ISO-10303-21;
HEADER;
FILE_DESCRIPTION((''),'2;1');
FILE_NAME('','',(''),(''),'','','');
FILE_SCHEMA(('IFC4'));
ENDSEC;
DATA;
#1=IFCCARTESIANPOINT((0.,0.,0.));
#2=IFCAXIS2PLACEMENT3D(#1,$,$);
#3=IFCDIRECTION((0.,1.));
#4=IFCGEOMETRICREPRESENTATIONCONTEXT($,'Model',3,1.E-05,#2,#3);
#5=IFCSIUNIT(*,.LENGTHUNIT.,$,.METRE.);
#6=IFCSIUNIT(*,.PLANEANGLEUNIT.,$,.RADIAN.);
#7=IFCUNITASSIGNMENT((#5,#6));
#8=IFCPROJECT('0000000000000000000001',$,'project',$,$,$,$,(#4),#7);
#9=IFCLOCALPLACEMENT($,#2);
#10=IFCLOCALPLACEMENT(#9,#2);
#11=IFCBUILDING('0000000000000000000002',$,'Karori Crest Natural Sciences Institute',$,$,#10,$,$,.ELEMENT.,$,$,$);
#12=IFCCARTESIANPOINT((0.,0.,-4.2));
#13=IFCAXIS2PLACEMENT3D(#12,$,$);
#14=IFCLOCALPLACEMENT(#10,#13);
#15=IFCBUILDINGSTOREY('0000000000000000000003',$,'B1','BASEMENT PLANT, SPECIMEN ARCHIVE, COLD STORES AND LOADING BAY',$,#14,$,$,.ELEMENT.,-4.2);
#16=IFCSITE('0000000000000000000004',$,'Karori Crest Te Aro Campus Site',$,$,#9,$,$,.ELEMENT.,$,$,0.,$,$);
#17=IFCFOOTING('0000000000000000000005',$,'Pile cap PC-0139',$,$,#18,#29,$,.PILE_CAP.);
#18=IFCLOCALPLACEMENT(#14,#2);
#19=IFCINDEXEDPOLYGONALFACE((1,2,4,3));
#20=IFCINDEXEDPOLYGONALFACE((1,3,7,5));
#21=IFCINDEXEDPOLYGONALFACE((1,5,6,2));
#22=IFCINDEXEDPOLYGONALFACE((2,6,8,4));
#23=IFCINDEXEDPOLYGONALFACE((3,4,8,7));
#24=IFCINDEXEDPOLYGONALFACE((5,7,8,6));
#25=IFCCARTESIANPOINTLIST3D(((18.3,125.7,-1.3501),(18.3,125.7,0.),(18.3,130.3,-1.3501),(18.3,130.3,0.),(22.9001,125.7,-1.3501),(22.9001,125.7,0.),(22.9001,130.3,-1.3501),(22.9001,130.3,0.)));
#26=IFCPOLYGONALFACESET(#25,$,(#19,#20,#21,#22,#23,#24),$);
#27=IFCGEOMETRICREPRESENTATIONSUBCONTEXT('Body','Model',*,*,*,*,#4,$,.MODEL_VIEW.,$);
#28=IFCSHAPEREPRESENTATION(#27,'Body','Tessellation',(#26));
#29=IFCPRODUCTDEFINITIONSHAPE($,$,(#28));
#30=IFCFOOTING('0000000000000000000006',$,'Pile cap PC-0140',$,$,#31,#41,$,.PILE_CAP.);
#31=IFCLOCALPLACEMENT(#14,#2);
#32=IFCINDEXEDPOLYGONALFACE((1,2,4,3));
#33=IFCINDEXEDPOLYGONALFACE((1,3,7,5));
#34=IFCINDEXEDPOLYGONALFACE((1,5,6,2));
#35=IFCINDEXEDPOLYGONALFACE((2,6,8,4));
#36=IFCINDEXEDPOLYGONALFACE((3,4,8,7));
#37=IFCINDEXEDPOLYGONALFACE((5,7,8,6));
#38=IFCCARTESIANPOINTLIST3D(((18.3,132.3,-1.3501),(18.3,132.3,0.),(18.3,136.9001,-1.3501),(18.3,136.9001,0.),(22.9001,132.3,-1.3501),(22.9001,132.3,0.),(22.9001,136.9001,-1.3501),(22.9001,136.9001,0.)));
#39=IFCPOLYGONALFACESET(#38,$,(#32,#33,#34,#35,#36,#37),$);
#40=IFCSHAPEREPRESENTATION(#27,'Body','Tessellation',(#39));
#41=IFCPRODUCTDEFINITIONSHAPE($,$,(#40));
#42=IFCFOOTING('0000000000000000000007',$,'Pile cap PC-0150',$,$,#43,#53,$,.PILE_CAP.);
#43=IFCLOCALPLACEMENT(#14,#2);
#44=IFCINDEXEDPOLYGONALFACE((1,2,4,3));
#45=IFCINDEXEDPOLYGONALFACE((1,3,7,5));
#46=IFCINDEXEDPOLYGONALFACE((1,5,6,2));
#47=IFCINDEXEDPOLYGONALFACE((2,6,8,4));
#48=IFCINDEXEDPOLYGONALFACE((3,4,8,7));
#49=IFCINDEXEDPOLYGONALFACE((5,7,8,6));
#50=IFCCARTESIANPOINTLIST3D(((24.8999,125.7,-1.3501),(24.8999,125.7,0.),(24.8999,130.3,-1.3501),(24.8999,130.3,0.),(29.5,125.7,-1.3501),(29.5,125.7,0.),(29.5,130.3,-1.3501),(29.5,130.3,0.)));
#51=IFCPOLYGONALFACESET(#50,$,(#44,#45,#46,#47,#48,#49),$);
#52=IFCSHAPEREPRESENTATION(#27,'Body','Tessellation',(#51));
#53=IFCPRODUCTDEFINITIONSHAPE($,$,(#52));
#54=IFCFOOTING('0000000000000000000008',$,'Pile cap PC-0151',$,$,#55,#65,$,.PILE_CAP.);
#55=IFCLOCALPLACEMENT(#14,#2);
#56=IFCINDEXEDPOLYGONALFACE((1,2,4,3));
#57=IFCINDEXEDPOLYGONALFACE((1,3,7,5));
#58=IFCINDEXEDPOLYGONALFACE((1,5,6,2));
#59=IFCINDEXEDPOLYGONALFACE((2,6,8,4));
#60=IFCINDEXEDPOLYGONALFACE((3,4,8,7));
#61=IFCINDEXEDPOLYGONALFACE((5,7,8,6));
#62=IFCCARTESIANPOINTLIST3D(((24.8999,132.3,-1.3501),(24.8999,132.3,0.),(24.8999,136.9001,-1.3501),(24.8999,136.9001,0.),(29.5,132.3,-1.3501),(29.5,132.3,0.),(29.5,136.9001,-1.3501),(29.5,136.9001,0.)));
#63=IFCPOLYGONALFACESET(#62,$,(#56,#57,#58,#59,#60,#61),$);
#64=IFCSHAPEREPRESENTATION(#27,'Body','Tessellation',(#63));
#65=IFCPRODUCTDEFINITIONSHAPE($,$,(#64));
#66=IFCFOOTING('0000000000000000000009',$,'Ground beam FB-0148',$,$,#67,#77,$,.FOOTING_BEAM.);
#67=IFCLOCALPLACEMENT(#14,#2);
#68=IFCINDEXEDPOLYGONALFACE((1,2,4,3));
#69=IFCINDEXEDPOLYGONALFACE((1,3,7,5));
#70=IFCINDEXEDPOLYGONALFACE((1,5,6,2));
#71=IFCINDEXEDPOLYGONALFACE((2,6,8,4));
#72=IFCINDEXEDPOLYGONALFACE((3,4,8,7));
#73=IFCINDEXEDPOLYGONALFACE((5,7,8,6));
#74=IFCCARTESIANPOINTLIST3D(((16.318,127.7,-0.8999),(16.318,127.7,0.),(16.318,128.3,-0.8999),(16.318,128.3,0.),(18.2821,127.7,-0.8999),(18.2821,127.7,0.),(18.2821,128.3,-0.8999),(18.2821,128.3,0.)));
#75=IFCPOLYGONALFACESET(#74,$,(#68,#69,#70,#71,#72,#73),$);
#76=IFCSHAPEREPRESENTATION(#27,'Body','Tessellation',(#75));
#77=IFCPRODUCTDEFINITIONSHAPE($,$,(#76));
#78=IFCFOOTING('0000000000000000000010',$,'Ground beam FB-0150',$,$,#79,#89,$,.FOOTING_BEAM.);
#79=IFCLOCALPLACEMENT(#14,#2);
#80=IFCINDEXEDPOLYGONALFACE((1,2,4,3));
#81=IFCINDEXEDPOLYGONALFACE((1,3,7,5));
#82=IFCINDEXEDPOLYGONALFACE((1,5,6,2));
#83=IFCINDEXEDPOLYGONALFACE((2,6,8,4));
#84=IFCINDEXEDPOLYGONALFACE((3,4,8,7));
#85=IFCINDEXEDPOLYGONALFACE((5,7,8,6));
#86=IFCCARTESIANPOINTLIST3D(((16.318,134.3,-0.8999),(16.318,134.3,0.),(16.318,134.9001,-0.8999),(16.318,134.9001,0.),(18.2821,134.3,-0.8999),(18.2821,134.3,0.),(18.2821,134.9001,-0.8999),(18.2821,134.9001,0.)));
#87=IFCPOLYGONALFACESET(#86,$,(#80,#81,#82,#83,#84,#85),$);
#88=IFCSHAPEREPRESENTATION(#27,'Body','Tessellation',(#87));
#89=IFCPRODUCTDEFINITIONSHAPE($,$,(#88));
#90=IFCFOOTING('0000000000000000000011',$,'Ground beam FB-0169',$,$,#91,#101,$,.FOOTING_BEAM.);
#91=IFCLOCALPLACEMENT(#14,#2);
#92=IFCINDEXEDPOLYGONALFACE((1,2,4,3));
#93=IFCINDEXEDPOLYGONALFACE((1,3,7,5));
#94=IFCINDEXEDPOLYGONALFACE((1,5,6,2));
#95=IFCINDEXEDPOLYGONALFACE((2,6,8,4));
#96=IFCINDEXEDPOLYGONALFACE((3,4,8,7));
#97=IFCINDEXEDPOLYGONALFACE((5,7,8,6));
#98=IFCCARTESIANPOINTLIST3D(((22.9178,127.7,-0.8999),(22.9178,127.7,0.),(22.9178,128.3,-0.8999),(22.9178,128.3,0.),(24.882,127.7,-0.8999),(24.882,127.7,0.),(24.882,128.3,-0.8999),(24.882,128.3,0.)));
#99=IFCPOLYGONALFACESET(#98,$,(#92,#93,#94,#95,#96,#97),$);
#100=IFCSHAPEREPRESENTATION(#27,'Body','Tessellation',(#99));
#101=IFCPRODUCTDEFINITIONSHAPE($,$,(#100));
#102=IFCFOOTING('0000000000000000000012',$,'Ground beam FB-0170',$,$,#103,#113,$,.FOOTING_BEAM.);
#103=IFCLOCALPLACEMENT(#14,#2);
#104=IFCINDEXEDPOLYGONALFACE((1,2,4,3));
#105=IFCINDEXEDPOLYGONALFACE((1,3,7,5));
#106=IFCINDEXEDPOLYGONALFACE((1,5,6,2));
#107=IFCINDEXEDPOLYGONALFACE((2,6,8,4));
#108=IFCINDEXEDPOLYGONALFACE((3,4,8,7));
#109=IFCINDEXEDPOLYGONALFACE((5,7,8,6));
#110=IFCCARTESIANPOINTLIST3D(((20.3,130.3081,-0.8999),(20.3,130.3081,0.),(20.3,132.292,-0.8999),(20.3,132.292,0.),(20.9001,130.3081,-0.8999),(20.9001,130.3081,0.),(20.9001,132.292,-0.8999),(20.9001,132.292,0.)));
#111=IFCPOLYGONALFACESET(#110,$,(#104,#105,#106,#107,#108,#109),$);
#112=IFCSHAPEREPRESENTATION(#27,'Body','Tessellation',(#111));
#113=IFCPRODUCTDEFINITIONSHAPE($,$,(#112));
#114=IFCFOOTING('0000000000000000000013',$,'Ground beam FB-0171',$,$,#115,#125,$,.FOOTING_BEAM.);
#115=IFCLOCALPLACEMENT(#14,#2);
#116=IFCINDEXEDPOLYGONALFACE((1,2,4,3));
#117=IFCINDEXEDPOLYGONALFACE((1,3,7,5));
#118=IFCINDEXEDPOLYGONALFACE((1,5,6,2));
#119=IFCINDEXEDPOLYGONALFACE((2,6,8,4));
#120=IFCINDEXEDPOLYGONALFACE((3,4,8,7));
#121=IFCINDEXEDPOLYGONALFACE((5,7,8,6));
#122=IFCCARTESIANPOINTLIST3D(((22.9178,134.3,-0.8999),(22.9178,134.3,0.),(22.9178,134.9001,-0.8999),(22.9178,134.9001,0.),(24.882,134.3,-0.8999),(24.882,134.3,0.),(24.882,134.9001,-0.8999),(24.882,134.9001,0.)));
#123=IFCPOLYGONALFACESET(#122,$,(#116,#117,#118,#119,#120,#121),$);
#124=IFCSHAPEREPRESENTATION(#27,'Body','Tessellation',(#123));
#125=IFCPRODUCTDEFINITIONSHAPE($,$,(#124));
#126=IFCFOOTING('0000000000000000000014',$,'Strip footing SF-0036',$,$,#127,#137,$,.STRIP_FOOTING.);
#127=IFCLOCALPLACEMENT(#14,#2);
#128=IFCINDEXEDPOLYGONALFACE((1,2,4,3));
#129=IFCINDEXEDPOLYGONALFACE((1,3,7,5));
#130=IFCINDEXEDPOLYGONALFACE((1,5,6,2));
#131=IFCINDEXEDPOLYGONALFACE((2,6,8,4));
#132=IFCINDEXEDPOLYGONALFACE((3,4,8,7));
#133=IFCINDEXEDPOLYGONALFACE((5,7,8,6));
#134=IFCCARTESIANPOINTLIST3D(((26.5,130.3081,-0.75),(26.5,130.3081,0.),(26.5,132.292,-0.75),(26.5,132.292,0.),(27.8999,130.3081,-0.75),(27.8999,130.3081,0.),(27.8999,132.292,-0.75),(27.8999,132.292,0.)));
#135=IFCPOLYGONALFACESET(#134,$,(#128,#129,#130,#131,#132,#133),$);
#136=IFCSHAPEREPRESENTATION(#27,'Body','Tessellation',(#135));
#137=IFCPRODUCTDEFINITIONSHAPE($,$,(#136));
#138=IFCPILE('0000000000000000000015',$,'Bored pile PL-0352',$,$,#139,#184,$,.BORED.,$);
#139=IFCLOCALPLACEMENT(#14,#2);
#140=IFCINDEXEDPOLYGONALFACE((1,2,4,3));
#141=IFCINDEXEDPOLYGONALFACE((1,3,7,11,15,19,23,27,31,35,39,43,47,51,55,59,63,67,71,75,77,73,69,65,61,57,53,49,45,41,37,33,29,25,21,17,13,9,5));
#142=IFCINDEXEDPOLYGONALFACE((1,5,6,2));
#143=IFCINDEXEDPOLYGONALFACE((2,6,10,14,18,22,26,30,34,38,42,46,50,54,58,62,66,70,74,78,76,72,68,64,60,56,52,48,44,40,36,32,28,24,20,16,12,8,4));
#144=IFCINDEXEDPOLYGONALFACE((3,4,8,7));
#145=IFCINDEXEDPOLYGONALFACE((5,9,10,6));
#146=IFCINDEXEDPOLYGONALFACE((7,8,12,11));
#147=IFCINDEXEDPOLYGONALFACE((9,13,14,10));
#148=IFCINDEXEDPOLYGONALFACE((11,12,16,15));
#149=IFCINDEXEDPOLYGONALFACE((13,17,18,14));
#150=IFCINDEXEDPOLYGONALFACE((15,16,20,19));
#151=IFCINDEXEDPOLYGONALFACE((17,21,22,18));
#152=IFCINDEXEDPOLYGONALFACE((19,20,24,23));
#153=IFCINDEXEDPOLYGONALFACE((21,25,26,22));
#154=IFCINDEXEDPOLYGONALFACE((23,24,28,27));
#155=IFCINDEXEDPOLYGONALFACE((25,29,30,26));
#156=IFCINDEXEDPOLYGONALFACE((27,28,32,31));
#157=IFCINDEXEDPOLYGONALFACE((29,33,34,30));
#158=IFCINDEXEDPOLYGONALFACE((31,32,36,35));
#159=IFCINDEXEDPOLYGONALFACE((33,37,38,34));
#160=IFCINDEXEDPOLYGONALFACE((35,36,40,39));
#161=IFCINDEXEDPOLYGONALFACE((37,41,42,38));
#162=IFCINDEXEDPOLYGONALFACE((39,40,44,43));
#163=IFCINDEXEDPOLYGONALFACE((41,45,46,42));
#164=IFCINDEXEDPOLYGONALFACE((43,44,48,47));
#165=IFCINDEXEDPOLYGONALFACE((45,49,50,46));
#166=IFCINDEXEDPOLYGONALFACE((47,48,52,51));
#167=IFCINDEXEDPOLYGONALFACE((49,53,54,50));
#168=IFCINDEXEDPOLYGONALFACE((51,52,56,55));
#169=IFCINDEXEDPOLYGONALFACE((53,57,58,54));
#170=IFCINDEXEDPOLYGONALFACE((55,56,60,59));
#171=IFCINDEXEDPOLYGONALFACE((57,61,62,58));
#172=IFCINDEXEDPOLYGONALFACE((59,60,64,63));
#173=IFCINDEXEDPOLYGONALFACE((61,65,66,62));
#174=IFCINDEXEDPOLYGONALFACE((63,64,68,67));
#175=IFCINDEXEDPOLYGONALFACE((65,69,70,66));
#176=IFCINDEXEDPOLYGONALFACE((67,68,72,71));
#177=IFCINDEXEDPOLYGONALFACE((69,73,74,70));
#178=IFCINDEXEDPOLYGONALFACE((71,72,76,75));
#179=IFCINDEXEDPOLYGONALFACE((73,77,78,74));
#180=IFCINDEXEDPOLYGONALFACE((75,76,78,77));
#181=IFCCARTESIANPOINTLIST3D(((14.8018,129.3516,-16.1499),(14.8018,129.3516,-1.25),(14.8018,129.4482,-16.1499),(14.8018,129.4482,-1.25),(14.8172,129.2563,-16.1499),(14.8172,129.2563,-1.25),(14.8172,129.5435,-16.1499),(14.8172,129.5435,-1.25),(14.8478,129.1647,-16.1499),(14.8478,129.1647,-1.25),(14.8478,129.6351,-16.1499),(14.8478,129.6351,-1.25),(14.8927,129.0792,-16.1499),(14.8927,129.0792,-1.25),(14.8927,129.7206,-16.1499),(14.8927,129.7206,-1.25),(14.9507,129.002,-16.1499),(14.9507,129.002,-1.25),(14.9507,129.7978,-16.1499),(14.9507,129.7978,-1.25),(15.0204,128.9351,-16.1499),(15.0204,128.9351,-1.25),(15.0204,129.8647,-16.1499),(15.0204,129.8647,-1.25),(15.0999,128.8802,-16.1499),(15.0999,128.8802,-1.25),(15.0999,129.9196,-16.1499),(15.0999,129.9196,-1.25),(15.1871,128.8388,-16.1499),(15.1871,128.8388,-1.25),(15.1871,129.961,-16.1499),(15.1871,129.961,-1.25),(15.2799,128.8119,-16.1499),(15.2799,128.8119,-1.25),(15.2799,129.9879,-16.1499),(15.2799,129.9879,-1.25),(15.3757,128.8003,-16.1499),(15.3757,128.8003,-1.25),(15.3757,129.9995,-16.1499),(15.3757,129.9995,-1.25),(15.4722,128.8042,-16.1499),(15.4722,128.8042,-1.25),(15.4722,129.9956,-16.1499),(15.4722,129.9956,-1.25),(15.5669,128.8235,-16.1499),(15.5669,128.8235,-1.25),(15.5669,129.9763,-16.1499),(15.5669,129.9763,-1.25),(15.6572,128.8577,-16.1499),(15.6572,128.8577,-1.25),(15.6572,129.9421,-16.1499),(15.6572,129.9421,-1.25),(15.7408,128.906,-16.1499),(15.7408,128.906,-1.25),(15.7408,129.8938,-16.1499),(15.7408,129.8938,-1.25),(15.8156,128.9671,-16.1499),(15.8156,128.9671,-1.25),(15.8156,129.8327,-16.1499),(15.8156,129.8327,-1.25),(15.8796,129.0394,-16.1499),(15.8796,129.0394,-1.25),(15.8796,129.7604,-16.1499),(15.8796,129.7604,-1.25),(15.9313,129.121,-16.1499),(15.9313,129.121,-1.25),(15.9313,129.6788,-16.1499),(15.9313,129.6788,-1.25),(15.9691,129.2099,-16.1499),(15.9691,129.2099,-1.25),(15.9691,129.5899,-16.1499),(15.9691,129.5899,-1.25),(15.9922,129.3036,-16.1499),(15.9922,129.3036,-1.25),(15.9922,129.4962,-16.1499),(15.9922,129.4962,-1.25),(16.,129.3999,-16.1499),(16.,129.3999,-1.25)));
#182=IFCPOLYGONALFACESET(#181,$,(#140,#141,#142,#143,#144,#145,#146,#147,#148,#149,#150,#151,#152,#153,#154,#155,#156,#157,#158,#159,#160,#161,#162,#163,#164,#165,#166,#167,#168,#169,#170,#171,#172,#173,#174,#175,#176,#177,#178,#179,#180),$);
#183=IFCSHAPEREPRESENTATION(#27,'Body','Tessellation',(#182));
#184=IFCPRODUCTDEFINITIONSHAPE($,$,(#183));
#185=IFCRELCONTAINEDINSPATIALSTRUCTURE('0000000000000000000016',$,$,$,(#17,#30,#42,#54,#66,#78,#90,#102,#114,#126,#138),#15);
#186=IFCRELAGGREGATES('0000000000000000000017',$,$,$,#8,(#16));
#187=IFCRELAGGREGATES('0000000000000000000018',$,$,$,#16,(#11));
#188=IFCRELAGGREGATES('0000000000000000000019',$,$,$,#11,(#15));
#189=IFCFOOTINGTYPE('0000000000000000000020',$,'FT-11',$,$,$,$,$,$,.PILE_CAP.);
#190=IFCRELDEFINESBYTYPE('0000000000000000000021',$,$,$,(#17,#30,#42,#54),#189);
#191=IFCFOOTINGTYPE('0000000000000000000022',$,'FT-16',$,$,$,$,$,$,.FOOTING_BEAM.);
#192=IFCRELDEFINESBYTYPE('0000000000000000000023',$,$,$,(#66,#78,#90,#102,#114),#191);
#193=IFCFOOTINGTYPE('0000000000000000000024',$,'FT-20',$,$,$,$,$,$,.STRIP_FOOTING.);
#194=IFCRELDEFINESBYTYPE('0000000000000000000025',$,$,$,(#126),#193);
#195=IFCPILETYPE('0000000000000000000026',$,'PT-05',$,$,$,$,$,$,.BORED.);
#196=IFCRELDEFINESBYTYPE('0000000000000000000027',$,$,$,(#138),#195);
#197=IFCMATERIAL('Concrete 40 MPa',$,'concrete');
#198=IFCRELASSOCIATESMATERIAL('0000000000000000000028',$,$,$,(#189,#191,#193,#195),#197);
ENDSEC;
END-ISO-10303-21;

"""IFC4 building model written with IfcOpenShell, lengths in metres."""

from ifc_helpers import new_model, si_unit, direction, frame, origin, origin_2d, place, context, subcontext, project, spatial, rectangle, circle, extrude, material, material_profile, profile_set, type_object, element, save


model = new_model("IFC4")

# Units and contexts
model_context = context("Model", 3, precision=1e-05, world=origin(), true_north=direction((0.0, 1.0)))
body_context = subcontext(model_context, "Body", "Model", "MODEL_VIEW")
ifc_project = project(units=[si_unit("LENGTHUNIT", "METRE"), si_unit("PLANEANGLEUNIT", "RADIAN")], contexts=[model_context])

# Site, building, storey
site_placement = place(None, origin())
site = spatial("IfcSite", under=ifc_project, at=site_placement, Name="Karori Crest Te Aro Campus Site", CompositionType="ELEMENT", RefElevation=0.0)
building_placement = place(site_placement, origin())
building = spatial("IfcBuilding", under=site, at=building_placement, Name="Karori Crest Natural Sciences Institute", CompositionType="ELEMENT")
storey_placement = place(building_placement, frame((0.0, 0.0, -4.2)))
storey = spatial("IfcBuildingStorey", under=building, at=storey_placement, Name="B1", Description="BASEMENT PLANT, SPECIMEN ARCHIVE, COLD STORES AND LOADING BAY", CompositionType="ELEMENT", Elevation=-4.2)

# Footings
ifc_material_1 = material(Name="Concrete 40 MPa", Category="concrete")
footing_type_1 = type_object("IfcFootingType", Name="FT-11", PredefinedType="PILE_CAP", material=ifc_material_1)
for number, where, z_axis, x_axis, name in (
    (1, (20.6001, 128.0, -1.3501), (0.0, 0.0, 1.0), (1.0, 0.0, 0.0), "Pile cap PC-0139"),
    (2, (20.6001, 134.6001, -1.3501), (0.0, 0.0, 1.0), (1.0, 0.0, 0.0), "Pile cap PC-0140"),
    (3, (27.2, 128.0, -1.3501), (0.0, 0.0, 1.0), (1.0, 0.0, 0.0), "Pile cap PC-0150"),
    (4, (27.2, 134.6001, -1.3501), (0.0, 0.0, 1.0), (1.0, 0.0, 0.0), "Pile cap PC-0151"),
):
    element("IfcFooting", number, at=place(storey_placement, frame(where, z_axis=z_axis, x_axis=x_axis)), inside=storey, type_object=footing_type_1, Name=name, PredefinedType="PILE_CAP", context=body_context, shape_type="SweptSolid", body=[
        extrude(rectangle(XDim=4.6001, YDim=4.6001, at=origin_2d()), origin(), (0.0, 0.0, 1.0), 1.3501),
    ])
footing_type_2 = type_object("IfcFootingType", Name="FT-16", PredefinedType="FOOTING_BEAM", material=ifc_material_1)
for number, where, z_axis, x_axis, name in (
    (5, (17.3, 128.0, -0.8999), (0.0, 0.0, 1.0), (1.0, 0.0, 0.0), "Ground beam FB-0148"),
    (6, (17.3, 134.6001, -0.8999), (0.0, 0.0, 1.0), (1.0, 0.0, 0.0), "Ground beam FB-0150"),
    (7, (23.8999, 128.0, -0.8999), (0.0, 0.0, 1.0), (1.0, 0.0, 0.0), "Ground beam FB-0169"),
):
    element("IfcFooting", number, at=place(storey_placement, frame(where, z_axis=z_axis, x_axis=x_axis)), inside=storey, type_object=footing_type_2, Name=name, PredefinedType="FOOTING_BEAM", context=body_context, shape_type="SweptSolid", body=[
        extrude(rectangle(XDim=1.9641, YDim=0.6001, at=origin_2d()), origin(), (0.0, 0.0, 1.0), 0.8999),
    ])
footing_1_placement = place(storey_placement, frame((20.6001, 131.3, -0.8999), z_axis=(0.0, 0.0, 1.0), x_axis=(0.0, 1.0, 0.0)))
element("IfcFooting", 8, at=footing_1_placement, inside=storey, type_object=footing_type_2, Name="Ground beam FB-0170", PredefinedType="FOOTING_BEAM", context=body_context, shape_type="SweptSolid", body=[
    extrude(rectangle(XDim=1.9839, YDim=0.6001, at=origin_2d()), origin(), (0.0, 0.0, 1.0), 0.8999),
])
footing_2_placement = place(storey_placement, frame((23.8999, 134.6001, -0.8999), z_axis=(0.0, 0.0, 1.0), x_axis=(1.0, 0.0, 0.0)))
element("IfcFooting", 9, at=footing_2_placement, inside=storey, type_object=footing_type_2, Name="Ground beam FB-0171", PredefinedType="FOOTING_BEAM", context=body_context, shape_type="SweptSolid", body=[
    extrude(rectangle(XDim=1.9641, YDim=0.6001, at=origin_2d()), origin(), (0.0, 0.0, 1.0), 0.8999),
])
footing_type_3 = type_object("IfcFootingType", Name="FT-20", PredefinedType="STRIP_FOOTING", material=ifc_material_1)
footing_3_placement = place(storey_placement, frame((27.2, 131.3, -0.75), z_axis=(0.0, 0.0, 1.0), x_axis=(0.0, 1.0, 0.0)))
element("IfcFooting", 10, at=footing_3_placement, inside=storey, type_object=footing_type_3, Name="Strip footing SF-0036", PredefinedType="STRIP_FOOTING", context=body_context, shape_type="SweptSolid", body=[
    extrude(rectangle(XDim=1.9839, YDim=1.3999, at=origin_2d()), origin(), (0.0, 0.0, 1.0), 0.75),
])

# Pile
ifc_material_profile_1 = material_profile(ifc_material_1, circle(Radius=0.6001, at=origin_2d()), Name="PILE1200")
ifc_profile_set_1 = profile_set([ifc_material_profile_1], Name="Concrete 40 MPa")
pile_type = type_object("IfcPileType", Name="PT-05", PredefinedType="BORED", material=ifc_profile_set_1)
for number, where, z_axis, x_axis, name in (
    (11, (15.3999, 129.3999, -1.25), (0.0, 0.0, -1.0), (1.0, 0.0, 0.0), "Bored pile PL-0352"),
):
    element("IfcPile", number, at=place(storey_placement, frame(where, z_axis=z_axis, x_axis=x_axis)), inside=storey, type_object=pile_type, Name=name, PredefinedType="BORED", context=body_context, shape_type="SweptSolid", body=[
        extrude(circle(Radius=0.6001, at=origin_2d()), origin(), (0.0, 0.0, 1.0), 14.8999),
    ])

save(model, "model.ifc")
